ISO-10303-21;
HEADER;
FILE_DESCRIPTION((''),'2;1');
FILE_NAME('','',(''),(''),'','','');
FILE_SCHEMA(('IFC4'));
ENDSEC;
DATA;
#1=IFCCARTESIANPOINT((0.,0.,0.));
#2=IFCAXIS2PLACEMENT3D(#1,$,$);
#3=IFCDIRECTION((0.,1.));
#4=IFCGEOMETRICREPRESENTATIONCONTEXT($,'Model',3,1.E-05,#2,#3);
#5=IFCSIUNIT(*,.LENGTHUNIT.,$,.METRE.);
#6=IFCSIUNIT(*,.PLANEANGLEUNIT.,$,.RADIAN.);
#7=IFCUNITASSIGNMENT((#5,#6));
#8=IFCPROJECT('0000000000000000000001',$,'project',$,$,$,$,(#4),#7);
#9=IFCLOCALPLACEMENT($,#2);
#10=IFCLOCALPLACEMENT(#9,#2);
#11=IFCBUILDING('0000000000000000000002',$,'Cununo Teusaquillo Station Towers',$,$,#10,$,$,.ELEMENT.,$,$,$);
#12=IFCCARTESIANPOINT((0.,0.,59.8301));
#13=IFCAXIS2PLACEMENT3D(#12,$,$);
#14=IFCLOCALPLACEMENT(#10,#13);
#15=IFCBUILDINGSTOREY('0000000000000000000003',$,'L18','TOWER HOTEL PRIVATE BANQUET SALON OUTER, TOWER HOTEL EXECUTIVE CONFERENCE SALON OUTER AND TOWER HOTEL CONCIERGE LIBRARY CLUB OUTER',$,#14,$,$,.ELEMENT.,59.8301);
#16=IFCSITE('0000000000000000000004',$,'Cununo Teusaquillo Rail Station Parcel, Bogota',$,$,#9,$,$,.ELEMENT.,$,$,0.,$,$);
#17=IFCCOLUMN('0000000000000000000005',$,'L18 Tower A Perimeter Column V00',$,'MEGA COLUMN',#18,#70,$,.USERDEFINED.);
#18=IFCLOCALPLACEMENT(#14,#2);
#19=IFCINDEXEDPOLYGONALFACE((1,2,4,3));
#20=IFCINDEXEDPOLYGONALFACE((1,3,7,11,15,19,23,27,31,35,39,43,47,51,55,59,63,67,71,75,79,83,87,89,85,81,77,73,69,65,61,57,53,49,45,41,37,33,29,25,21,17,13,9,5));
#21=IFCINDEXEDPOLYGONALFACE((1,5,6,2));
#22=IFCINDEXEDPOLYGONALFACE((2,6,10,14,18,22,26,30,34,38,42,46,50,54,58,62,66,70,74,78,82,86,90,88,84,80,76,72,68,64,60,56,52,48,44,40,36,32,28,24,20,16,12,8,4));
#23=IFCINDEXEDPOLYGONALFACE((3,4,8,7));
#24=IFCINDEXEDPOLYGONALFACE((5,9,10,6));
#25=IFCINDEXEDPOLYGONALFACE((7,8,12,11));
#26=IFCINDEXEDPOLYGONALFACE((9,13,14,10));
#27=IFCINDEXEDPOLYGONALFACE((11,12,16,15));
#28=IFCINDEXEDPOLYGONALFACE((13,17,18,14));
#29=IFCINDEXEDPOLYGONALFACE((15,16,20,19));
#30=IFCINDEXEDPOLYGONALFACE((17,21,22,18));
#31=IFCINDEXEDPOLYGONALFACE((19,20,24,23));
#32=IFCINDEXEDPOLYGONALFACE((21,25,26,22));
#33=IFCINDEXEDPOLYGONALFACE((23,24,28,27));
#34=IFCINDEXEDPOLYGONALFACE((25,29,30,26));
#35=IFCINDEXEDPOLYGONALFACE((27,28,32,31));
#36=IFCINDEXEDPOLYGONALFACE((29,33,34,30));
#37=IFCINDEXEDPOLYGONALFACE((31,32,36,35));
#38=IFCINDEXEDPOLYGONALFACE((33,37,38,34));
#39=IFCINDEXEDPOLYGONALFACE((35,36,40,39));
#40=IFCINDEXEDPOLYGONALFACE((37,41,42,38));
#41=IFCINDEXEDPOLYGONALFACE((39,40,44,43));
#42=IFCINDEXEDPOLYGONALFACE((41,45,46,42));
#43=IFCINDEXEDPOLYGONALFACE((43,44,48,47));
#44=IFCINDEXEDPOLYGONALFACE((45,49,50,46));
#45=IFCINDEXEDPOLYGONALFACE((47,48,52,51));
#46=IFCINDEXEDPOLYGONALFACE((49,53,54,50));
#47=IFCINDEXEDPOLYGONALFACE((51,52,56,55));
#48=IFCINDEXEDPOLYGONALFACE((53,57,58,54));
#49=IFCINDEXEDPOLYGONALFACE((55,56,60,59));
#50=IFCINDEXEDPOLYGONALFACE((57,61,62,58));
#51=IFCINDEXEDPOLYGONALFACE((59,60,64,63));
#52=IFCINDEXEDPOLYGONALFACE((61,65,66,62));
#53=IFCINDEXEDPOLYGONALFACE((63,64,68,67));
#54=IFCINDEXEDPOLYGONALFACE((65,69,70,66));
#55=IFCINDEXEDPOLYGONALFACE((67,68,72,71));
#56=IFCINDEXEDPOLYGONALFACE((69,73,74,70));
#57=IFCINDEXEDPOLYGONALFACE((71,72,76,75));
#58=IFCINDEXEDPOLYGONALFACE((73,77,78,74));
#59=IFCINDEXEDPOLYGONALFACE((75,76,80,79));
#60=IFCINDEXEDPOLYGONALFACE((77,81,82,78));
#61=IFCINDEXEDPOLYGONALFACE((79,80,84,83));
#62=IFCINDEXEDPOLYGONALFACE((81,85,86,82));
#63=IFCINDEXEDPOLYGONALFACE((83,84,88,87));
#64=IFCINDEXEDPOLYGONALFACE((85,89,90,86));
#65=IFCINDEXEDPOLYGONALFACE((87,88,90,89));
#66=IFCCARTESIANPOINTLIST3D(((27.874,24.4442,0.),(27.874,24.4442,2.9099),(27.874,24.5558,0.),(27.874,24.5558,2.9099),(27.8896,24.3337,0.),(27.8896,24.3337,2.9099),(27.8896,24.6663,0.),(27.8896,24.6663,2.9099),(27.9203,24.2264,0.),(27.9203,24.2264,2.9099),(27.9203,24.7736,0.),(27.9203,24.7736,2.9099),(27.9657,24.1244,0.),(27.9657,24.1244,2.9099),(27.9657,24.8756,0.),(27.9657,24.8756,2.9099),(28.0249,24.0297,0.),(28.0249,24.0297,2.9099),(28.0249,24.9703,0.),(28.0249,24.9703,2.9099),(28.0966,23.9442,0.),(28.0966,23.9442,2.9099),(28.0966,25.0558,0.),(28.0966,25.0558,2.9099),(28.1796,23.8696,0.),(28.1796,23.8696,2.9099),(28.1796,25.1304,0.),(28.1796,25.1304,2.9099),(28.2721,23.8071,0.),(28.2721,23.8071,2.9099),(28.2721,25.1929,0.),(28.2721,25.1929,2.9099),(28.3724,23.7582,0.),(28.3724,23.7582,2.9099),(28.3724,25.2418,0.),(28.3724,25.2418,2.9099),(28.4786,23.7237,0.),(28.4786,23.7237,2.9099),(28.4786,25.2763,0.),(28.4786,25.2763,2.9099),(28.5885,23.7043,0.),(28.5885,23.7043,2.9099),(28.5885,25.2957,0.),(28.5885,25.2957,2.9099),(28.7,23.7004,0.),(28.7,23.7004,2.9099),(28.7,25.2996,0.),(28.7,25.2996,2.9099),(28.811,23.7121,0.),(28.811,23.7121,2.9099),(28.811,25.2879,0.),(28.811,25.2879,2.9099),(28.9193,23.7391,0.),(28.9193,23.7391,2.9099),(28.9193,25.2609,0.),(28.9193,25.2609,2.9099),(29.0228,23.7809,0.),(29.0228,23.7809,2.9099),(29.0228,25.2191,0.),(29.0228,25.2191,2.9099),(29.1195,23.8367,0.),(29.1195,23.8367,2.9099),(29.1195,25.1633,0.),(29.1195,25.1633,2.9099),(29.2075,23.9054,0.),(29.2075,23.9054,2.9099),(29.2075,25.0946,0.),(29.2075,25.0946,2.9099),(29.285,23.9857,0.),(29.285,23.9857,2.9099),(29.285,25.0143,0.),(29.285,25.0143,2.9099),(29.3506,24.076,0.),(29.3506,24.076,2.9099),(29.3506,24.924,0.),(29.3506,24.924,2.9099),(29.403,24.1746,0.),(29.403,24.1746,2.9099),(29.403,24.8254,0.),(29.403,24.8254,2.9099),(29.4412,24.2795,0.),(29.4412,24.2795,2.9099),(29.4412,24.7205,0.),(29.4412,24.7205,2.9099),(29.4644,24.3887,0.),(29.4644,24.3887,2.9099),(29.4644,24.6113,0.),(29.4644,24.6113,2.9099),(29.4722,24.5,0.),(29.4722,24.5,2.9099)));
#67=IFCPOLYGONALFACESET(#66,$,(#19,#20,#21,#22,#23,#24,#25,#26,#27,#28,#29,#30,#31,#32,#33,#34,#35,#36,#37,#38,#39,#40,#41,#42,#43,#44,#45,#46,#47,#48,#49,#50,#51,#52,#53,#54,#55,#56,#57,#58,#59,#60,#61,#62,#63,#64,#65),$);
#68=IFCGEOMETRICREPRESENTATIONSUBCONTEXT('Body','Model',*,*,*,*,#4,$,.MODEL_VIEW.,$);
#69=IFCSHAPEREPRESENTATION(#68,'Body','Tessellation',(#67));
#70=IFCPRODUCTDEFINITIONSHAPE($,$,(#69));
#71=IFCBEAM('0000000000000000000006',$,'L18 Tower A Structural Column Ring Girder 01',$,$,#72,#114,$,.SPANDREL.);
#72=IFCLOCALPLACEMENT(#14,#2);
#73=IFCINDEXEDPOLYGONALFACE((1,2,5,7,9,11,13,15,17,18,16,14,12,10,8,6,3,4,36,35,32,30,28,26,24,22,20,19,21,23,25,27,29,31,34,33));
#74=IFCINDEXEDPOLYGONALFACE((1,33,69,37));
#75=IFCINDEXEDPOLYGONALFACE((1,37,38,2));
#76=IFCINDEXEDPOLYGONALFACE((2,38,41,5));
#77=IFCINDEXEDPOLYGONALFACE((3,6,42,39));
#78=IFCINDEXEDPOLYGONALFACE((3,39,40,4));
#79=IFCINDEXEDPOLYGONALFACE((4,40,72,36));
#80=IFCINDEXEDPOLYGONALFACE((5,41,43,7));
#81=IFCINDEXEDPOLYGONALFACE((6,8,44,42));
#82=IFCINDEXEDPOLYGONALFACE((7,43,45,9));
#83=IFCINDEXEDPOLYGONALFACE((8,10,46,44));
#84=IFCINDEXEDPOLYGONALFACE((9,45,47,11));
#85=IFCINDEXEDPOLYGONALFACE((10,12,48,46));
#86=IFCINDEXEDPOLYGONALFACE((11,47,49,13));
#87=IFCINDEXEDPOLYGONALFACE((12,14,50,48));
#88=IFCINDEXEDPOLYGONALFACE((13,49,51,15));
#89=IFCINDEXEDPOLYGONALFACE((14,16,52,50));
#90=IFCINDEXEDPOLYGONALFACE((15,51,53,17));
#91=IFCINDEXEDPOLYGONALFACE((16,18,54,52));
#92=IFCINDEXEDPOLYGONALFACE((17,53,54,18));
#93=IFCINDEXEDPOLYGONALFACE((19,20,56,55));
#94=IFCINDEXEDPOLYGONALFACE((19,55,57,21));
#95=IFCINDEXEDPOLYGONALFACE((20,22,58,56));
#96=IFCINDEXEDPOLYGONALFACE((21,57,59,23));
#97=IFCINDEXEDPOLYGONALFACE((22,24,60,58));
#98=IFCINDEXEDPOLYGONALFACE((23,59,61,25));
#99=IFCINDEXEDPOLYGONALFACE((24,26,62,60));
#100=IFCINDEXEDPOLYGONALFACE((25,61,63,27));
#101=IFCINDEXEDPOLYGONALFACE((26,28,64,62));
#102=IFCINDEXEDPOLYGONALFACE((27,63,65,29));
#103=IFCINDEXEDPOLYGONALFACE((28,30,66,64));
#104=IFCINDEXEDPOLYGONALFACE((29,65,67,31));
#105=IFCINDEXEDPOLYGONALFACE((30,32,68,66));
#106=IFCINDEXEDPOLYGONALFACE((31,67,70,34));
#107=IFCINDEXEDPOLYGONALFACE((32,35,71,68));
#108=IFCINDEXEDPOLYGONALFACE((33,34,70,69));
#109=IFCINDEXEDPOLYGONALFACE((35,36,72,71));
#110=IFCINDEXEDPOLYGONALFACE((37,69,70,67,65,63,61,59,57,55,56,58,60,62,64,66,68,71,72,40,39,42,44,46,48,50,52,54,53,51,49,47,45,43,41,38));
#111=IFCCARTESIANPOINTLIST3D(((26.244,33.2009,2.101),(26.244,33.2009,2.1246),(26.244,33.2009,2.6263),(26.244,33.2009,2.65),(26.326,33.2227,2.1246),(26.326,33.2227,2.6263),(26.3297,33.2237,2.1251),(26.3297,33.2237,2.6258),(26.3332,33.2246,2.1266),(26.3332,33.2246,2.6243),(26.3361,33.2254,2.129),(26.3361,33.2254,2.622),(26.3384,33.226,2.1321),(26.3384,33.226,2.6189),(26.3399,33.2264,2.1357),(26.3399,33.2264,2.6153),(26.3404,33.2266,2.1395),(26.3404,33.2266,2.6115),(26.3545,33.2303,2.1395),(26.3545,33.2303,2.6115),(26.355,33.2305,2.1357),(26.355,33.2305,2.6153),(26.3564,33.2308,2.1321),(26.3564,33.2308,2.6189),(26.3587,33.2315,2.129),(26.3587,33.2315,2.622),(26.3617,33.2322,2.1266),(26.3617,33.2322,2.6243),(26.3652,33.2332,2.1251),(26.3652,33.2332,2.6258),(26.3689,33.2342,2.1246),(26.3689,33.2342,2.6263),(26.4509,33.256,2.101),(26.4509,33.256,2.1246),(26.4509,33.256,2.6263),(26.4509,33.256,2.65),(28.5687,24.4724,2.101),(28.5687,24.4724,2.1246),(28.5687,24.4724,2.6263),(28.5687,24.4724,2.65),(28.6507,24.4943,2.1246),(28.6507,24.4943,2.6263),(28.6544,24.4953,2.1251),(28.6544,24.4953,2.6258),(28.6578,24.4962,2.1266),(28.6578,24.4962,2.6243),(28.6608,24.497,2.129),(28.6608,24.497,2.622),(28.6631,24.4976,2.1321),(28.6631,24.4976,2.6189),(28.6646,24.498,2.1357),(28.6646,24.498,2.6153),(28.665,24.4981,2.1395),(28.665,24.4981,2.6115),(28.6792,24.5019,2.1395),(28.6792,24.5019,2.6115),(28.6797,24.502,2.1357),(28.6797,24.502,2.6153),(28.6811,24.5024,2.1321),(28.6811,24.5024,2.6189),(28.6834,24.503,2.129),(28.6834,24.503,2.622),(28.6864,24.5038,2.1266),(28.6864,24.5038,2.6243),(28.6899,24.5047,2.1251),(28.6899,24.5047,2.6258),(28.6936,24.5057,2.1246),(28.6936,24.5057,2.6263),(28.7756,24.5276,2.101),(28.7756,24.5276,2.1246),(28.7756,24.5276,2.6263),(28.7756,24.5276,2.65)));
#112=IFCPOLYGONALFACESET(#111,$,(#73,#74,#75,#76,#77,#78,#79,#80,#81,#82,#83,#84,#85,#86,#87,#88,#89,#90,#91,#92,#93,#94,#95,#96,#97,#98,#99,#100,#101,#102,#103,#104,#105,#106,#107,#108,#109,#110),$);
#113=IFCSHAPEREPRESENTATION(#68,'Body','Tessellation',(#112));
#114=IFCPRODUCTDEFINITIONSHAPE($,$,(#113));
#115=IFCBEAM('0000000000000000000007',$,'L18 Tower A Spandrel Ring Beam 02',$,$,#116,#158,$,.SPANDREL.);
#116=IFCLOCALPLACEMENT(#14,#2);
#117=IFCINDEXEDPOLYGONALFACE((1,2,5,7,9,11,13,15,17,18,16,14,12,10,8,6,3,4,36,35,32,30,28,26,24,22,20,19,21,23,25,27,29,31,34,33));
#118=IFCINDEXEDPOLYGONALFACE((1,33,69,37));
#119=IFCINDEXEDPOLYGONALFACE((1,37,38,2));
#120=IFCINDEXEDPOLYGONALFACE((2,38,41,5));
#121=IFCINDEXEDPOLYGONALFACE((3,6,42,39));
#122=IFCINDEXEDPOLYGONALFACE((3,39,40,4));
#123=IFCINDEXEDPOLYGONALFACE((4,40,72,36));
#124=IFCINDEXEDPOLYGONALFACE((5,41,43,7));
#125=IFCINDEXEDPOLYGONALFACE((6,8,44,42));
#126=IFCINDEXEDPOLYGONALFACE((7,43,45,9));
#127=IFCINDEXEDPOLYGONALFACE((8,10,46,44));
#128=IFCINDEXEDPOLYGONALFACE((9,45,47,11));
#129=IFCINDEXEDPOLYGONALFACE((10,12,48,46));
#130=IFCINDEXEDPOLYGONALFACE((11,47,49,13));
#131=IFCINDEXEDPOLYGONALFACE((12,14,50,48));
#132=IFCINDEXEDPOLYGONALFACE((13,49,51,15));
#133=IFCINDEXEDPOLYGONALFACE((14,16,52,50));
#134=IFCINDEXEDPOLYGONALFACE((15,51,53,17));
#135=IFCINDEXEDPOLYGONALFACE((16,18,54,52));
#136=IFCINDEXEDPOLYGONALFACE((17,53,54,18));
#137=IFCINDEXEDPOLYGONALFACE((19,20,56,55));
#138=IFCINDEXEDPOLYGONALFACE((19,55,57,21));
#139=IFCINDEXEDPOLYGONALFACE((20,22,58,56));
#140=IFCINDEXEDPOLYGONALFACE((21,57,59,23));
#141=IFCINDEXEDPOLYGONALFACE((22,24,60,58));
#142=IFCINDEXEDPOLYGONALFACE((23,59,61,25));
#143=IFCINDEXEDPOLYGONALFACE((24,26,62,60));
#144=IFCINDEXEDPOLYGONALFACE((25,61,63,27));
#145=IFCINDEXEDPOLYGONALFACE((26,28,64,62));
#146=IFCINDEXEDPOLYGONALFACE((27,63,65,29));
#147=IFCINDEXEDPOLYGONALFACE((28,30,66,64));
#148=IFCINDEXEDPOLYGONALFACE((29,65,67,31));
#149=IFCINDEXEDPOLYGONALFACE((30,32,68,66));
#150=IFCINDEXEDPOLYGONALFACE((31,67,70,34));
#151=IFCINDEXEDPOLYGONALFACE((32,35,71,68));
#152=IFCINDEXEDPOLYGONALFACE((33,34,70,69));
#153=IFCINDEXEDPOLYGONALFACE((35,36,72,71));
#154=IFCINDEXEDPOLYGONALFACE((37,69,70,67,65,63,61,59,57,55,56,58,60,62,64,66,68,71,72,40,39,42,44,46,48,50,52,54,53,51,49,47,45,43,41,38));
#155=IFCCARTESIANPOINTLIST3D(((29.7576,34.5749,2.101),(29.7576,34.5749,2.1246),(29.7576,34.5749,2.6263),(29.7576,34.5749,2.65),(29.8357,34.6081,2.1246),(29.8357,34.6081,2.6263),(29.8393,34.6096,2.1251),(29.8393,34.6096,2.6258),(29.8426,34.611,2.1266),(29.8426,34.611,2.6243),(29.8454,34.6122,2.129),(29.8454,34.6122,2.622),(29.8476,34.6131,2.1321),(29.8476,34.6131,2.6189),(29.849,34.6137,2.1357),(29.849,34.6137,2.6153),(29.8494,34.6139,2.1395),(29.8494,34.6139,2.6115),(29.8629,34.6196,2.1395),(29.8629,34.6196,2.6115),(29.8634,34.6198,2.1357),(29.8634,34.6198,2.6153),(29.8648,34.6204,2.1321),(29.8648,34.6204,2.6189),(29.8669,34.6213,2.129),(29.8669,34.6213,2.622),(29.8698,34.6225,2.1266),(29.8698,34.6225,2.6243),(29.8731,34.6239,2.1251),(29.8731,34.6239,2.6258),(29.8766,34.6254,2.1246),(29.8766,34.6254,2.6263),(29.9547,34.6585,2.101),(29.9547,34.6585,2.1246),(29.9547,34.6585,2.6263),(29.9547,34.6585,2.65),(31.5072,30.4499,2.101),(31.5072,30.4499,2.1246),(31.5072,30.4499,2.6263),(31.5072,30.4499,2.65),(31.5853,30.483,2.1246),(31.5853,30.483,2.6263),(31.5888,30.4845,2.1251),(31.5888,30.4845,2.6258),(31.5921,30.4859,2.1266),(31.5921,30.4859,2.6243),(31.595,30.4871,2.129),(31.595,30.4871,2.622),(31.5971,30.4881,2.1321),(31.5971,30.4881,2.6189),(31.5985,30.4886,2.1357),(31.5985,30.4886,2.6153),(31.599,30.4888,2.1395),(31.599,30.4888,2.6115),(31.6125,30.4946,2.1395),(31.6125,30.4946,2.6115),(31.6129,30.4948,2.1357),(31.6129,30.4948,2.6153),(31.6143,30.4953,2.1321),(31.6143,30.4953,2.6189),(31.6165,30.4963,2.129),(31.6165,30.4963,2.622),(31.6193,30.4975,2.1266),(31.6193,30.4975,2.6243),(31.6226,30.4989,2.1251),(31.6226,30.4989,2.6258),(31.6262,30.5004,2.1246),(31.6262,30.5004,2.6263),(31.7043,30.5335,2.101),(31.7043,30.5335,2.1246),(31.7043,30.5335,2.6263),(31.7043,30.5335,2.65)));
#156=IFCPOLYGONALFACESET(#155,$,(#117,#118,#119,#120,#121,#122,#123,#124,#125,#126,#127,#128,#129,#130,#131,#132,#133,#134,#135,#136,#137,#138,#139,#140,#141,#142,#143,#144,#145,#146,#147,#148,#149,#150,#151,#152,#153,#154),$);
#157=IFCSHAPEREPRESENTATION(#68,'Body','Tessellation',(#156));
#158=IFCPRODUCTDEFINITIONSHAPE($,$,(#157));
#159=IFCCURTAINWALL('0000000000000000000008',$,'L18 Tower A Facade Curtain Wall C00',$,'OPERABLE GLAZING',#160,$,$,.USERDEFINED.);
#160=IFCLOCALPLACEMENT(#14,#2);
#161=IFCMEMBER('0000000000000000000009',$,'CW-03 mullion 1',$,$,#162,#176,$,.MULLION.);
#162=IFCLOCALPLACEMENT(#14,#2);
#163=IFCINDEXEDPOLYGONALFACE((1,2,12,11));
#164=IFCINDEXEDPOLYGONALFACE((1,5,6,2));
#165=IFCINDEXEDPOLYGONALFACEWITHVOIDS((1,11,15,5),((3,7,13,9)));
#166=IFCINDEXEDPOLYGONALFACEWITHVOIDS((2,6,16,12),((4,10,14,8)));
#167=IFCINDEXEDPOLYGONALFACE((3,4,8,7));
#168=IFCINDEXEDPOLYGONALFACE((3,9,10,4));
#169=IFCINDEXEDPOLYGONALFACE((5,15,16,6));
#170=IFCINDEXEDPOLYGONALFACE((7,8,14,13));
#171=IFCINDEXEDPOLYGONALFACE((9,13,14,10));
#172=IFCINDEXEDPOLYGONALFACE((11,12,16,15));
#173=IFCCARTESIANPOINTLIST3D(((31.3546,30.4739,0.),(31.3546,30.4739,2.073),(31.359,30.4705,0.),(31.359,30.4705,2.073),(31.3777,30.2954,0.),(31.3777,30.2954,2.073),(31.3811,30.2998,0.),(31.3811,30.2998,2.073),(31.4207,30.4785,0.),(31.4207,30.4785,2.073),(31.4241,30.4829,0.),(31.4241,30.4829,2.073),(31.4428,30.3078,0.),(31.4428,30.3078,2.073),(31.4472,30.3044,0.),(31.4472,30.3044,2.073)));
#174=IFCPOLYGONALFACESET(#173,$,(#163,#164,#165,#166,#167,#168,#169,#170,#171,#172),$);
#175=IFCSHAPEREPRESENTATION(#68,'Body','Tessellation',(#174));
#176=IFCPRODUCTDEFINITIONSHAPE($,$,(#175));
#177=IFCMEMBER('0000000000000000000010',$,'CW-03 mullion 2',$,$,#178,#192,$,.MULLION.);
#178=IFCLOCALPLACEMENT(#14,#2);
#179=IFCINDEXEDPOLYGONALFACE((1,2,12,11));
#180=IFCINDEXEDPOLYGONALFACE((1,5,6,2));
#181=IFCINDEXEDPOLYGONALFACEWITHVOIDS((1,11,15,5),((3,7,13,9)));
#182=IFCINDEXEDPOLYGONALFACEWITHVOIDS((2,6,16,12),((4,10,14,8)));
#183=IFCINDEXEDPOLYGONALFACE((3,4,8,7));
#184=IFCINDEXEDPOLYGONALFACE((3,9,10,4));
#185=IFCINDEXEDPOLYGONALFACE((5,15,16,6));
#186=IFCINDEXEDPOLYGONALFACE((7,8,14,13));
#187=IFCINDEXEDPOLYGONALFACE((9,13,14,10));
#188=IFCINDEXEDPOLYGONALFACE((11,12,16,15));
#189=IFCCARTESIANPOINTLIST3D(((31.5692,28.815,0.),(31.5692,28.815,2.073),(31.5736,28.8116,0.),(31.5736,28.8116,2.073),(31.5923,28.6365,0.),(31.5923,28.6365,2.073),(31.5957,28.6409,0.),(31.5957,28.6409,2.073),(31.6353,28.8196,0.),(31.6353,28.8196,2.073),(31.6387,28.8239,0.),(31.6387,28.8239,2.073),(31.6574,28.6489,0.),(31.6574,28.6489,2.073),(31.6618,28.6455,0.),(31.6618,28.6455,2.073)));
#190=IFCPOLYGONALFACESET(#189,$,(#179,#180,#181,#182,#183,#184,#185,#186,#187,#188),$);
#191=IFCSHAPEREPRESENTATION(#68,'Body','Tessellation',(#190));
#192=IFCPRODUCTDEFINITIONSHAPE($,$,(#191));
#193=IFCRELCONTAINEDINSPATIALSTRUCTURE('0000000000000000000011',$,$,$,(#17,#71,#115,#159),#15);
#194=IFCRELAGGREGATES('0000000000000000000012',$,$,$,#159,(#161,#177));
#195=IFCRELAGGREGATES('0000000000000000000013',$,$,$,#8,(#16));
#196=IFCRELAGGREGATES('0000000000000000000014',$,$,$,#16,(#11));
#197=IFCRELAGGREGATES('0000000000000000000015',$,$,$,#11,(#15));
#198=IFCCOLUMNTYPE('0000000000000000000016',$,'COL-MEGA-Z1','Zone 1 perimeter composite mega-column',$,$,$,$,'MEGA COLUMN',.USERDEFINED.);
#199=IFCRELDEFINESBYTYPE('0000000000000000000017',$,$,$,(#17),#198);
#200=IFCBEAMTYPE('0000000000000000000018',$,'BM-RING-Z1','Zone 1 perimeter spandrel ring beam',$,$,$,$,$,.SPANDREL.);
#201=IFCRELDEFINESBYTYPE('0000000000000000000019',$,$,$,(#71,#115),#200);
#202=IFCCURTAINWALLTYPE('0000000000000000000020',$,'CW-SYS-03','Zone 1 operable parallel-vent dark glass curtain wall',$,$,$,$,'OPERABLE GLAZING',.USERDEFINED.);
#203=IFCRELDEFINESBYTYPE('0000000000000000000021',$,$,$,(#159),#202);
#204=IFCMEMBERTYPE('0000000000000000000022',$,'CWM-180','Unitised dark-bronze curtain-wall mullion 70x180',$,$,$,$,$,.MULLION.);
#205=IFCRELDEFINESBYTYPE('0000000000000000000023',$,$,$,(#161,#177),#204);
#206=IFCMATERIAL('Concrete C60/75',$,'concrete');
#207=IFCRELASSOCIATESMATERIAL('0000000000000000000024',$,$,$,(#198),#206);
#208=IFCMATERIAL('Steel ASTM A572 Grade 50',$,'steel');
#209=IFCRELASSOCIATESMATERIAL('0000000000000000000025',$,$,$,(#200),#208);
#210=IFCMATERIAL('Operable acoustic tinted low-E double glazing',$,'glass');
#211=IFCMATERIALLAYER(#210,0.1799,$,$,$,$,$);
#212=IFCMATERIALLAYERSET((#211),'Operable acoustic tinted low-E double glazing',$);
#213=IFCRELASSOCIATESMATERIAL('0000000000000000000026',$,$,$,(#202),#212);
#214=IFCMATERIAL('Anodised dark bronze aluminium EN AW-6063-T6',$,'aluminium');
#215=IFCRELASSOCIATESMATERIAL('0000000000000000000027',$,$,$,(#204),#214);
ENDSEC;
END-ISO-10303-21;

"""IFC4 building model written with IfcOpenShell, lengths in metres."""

from ifc_helpers import new_model, si_unit, direction, frame, origin, origin_2d, place, context, subcontext, project, spatial, hollow_rectangle, circle, i_section, extrude, material, layer, layer_set, material_profile, profile_set, type_object, element, aggregate, save


model = new_model("IFC4")

# Units and contexts
model_context = context("Model", 3, precision=1e-05, world=origin(), true_north=direction((0.0, 1.0)))
body_context = subcontext(model_context, "Body", "Model", "MODEL_VIEW")
ifc_project = project(units=[si_unit("LENGTHUNIT", "METRE"), si_unit("PLANEANGLEUNIT", "RADIAN")], contexts=[model_context])

# Site, building, storey
site_placement = place(None, origin())
site = spatial("IfcSite", under=ifc_project, at=site_placement, Name="Cununo Teusaquillo Rail Station Parcel, Bogota", CompositionType="ELEMENT", RefElevation=0.0)
building_placement = place(site_placement, origin())
building = spatial("IfcBuilding", under=site, at=building_placement, Name="Cununo Teusaquillo Station Towers", CompositionType="ELEMENT")
storey_placement = place(building_placement, frame((0.0, 0.0, 59.8301)))
storey = spatial("IfcBuildingStorey", under=building, at=storey_placement, Name="L18", Description="TOWER HOTEL PRIVATE BANQUET SALON OUTER, TOWER HOTEL EXECUTIVE CONFERENCE SALON OUTER AND TOWER HOTEL CONCIERGE LIBRARY CLUB OUTER", CompositionType="ELEMENT", Elevation=59.8301)

# Column
ifc_material_1 = material(Name="Concrete C60/75", Category="concrete")
ifc_material_profile_1 = material_profile(ifc_material_1, circle(Radius=0.8, at=origin_2d()), Name="RC-CIRC-1600")
ifc_profile_set_1 = profile_set([ifc_material_profile_1], Name="Concrete C60/75")
column_type = type_object("IfcColumnType", Name="COL-MEGA-Z1", Description="Zone 1 perimeter composite mega-column", ElementType="MEGA COLUMN", PredefinedType="USERDEFINED", material=ifc_profile_set_1)
column_placement = place(storey_placement, frame((28.6721, 24.5, 0.0), z_axis=(0.0, 0.0, 1.0), x_axis=(1.0, 0.0, 0.0)))
element("IfcColumn", 1, at=column_placement, inside=storey, type_object=column_type, Name="L18 Tower A Perimeter Column V00", ObjectType="MEGA COLUMN", PredefinedType="USERDEFINED", context=body_context, shape_type="SweptSolid", body=[
    extrude(circle(Radius=0.8, at=origin_2d()), origin(), (0.0, 0.0, 1.0), 2.9099),
])

# Beams
ifc_material_2 = material(Name="Steel ASTM A572 Grade 50", Category="steel")
ifc_material_profile_2 = material_profile(ifc_material_2, i_section(OverallWidth=0.2141, OverallDepth=0.5491, WebThickness=0.0146, FlangeThickness=0.0237, FilletRadius=0.0149, at=origin_2d()), Name="W21X93")
ifc_profile_set_2 = profile_set([ifc_material_profile_2], Name="Steel ASTM A572 Grade 50")
beam_type = type_object("IfcBeamType", Name="BM-RING-Z1", Description="Zone 1 perimeter spandrel ring beam", PredefinedType="SPANDREL", material=ifc_profile_set_2)
beam_1_placement = place(storey_placement, frame((28.6721, 24.5, 2.3755), z_axis=(-0.257363, 0.966315, 0.0), x_axis=(-0.966315, -0.257363, 0.0)))
element("IfcBeam", 2, at=beam_1_placement, inside=storey, type_object=beam_type, Name="L18 Tower A Structural Column Ring Girder 01", PredefinedType="SPANDREL", context=body_context, shape_type="SweptSolid", body=[
    extrude(i_section(OverallWidth=0.2141, OverallDepth=0.5491, WebThickness=0.0146, FlangeThickness=0.0237, FilletRadius=0.0149, at=origin_2d()), origin(), (0.0, 0.0, 1.0), 9.0327),
])
beam_2_placement = place(storey_placement, frame((31.6057, 30.4917, 2.3755), z_axis=(-0.390457, 0.920621, 0.0), x_axis=(-0.920621, -0.390457, 0.0)))
element("IfcBeam", 3, at=beam_2_placement, inside=storey, type_object=beam_type, Name="L18 Tower A Spandrel Ring Beam 02", PredefinedType="SPANDREL", context=body_context, shape_type="SweptSolid", body=[
    extrude(i_section(OverallWidth=0.2141, OverallDepth=0.5491, WebThickness=0.0146, FlangeThickness=0.0237, FilletRadius=0.0149, at=origin_2d()), origin(), (0.0, 0.0, 1.0), 4.4807),
])

# Curtain wall, members
ifc_material_3 = material(Name="Operable acoustic tinted low-E double glazing", Category="glass")
ifc_layer_1 = layer(ifc_material_3, 0.1799)
ifc_layer_set_1 = layer_set([ifc_layer_1], Name="Operable acoustic tinted low-E double glazing")
curtain_wall_type = type_object("IfcCurtainWallType", Name="CW-SYS-03", Description="Zone 1 operable parallel-vent dark glass curtain wall", ElementType="OPERABLE GLAZING", PredefinedType="USERDEFINED", material=ifc_layer_set_1)
curtain_wall_placement = place(storey_placement, origin())
curtain_wall = element("IfcCurtainWall", 4, at=curtain_wall_placement, inside=storey, type_object=curtain_wall_type, Name="L18 Tower A Facade Curtain Wall C00", ObjectType="OPERABLE GLAZING", PredefinedType="USERDEFINED")
ifc_material_4 = material(Name="Anodised dark bronze aluminium EN AW-6063-T6", Category="aluminium")
ifc_material_profile_3 = material_profile(ifc_material_4, hollow_rectangle(XDim=0.0701, YDim=0.1799, WallThickness=0.0039, at=origin_2d()), Name="CW-MULL-70x180")
ifc_profile_set_3 = profile_set([ifc_material_profile_3], Name="Anodised dark bronze aluminium EN AW-6063-T6")
member_type_1 = type_object("IfcMemberType", Name="CWM-180", Description="Unitised dark-bronze curtain-wall mullion 70x180", PredefinedType="MULLION", material=ifc_profile_set_3)
member_1_placement = place(storey_placement, frame((31.4009, 30.3892, 0.0), z_axis=(0.0, 0.0, 1.0), x_axis=(0.991731, 0.128336, 0.0)))
member_1 = element("IfcMember", 5, at=member_1_placement, type_object=member_type_1, Name="CW-03 mullion 1", PredefinedType="MULLION", context=body_context, shape_type="SweptSolid", body=[
    extrude(hollow_rectangle(XDim=0.0701, YDim=0.1799, WallThickness=0.0039, at=origin_2d()), origin(), (0.0, 0.0, 1.0), 2.073),
])
member_2_placement = place(storey_placement, frame((31.6155, 28.7302, 0.0), z_axis=(0.0, 0.0, 1.0), x_axis=(0.991731, 0.128336, 0.0)))
member_2 = element("IfcMember", 6, at=member_2_placement, type_object=member_type_1, Name="CW-03 mullion 2", PredefinedType="MULLION", context=body_context, shape_type="SweptSolid", body=[
    extrude(hollow_rectangle(XDim=0.0701, YDim=0.1799, WallThickness=0.0039, at=origin_2d()), origin(), (0.0, 0.0, 1.0), 2.073),
])
aggregate(curtain_wall, [member_1, member_2])

save(model, "model.ifc")
